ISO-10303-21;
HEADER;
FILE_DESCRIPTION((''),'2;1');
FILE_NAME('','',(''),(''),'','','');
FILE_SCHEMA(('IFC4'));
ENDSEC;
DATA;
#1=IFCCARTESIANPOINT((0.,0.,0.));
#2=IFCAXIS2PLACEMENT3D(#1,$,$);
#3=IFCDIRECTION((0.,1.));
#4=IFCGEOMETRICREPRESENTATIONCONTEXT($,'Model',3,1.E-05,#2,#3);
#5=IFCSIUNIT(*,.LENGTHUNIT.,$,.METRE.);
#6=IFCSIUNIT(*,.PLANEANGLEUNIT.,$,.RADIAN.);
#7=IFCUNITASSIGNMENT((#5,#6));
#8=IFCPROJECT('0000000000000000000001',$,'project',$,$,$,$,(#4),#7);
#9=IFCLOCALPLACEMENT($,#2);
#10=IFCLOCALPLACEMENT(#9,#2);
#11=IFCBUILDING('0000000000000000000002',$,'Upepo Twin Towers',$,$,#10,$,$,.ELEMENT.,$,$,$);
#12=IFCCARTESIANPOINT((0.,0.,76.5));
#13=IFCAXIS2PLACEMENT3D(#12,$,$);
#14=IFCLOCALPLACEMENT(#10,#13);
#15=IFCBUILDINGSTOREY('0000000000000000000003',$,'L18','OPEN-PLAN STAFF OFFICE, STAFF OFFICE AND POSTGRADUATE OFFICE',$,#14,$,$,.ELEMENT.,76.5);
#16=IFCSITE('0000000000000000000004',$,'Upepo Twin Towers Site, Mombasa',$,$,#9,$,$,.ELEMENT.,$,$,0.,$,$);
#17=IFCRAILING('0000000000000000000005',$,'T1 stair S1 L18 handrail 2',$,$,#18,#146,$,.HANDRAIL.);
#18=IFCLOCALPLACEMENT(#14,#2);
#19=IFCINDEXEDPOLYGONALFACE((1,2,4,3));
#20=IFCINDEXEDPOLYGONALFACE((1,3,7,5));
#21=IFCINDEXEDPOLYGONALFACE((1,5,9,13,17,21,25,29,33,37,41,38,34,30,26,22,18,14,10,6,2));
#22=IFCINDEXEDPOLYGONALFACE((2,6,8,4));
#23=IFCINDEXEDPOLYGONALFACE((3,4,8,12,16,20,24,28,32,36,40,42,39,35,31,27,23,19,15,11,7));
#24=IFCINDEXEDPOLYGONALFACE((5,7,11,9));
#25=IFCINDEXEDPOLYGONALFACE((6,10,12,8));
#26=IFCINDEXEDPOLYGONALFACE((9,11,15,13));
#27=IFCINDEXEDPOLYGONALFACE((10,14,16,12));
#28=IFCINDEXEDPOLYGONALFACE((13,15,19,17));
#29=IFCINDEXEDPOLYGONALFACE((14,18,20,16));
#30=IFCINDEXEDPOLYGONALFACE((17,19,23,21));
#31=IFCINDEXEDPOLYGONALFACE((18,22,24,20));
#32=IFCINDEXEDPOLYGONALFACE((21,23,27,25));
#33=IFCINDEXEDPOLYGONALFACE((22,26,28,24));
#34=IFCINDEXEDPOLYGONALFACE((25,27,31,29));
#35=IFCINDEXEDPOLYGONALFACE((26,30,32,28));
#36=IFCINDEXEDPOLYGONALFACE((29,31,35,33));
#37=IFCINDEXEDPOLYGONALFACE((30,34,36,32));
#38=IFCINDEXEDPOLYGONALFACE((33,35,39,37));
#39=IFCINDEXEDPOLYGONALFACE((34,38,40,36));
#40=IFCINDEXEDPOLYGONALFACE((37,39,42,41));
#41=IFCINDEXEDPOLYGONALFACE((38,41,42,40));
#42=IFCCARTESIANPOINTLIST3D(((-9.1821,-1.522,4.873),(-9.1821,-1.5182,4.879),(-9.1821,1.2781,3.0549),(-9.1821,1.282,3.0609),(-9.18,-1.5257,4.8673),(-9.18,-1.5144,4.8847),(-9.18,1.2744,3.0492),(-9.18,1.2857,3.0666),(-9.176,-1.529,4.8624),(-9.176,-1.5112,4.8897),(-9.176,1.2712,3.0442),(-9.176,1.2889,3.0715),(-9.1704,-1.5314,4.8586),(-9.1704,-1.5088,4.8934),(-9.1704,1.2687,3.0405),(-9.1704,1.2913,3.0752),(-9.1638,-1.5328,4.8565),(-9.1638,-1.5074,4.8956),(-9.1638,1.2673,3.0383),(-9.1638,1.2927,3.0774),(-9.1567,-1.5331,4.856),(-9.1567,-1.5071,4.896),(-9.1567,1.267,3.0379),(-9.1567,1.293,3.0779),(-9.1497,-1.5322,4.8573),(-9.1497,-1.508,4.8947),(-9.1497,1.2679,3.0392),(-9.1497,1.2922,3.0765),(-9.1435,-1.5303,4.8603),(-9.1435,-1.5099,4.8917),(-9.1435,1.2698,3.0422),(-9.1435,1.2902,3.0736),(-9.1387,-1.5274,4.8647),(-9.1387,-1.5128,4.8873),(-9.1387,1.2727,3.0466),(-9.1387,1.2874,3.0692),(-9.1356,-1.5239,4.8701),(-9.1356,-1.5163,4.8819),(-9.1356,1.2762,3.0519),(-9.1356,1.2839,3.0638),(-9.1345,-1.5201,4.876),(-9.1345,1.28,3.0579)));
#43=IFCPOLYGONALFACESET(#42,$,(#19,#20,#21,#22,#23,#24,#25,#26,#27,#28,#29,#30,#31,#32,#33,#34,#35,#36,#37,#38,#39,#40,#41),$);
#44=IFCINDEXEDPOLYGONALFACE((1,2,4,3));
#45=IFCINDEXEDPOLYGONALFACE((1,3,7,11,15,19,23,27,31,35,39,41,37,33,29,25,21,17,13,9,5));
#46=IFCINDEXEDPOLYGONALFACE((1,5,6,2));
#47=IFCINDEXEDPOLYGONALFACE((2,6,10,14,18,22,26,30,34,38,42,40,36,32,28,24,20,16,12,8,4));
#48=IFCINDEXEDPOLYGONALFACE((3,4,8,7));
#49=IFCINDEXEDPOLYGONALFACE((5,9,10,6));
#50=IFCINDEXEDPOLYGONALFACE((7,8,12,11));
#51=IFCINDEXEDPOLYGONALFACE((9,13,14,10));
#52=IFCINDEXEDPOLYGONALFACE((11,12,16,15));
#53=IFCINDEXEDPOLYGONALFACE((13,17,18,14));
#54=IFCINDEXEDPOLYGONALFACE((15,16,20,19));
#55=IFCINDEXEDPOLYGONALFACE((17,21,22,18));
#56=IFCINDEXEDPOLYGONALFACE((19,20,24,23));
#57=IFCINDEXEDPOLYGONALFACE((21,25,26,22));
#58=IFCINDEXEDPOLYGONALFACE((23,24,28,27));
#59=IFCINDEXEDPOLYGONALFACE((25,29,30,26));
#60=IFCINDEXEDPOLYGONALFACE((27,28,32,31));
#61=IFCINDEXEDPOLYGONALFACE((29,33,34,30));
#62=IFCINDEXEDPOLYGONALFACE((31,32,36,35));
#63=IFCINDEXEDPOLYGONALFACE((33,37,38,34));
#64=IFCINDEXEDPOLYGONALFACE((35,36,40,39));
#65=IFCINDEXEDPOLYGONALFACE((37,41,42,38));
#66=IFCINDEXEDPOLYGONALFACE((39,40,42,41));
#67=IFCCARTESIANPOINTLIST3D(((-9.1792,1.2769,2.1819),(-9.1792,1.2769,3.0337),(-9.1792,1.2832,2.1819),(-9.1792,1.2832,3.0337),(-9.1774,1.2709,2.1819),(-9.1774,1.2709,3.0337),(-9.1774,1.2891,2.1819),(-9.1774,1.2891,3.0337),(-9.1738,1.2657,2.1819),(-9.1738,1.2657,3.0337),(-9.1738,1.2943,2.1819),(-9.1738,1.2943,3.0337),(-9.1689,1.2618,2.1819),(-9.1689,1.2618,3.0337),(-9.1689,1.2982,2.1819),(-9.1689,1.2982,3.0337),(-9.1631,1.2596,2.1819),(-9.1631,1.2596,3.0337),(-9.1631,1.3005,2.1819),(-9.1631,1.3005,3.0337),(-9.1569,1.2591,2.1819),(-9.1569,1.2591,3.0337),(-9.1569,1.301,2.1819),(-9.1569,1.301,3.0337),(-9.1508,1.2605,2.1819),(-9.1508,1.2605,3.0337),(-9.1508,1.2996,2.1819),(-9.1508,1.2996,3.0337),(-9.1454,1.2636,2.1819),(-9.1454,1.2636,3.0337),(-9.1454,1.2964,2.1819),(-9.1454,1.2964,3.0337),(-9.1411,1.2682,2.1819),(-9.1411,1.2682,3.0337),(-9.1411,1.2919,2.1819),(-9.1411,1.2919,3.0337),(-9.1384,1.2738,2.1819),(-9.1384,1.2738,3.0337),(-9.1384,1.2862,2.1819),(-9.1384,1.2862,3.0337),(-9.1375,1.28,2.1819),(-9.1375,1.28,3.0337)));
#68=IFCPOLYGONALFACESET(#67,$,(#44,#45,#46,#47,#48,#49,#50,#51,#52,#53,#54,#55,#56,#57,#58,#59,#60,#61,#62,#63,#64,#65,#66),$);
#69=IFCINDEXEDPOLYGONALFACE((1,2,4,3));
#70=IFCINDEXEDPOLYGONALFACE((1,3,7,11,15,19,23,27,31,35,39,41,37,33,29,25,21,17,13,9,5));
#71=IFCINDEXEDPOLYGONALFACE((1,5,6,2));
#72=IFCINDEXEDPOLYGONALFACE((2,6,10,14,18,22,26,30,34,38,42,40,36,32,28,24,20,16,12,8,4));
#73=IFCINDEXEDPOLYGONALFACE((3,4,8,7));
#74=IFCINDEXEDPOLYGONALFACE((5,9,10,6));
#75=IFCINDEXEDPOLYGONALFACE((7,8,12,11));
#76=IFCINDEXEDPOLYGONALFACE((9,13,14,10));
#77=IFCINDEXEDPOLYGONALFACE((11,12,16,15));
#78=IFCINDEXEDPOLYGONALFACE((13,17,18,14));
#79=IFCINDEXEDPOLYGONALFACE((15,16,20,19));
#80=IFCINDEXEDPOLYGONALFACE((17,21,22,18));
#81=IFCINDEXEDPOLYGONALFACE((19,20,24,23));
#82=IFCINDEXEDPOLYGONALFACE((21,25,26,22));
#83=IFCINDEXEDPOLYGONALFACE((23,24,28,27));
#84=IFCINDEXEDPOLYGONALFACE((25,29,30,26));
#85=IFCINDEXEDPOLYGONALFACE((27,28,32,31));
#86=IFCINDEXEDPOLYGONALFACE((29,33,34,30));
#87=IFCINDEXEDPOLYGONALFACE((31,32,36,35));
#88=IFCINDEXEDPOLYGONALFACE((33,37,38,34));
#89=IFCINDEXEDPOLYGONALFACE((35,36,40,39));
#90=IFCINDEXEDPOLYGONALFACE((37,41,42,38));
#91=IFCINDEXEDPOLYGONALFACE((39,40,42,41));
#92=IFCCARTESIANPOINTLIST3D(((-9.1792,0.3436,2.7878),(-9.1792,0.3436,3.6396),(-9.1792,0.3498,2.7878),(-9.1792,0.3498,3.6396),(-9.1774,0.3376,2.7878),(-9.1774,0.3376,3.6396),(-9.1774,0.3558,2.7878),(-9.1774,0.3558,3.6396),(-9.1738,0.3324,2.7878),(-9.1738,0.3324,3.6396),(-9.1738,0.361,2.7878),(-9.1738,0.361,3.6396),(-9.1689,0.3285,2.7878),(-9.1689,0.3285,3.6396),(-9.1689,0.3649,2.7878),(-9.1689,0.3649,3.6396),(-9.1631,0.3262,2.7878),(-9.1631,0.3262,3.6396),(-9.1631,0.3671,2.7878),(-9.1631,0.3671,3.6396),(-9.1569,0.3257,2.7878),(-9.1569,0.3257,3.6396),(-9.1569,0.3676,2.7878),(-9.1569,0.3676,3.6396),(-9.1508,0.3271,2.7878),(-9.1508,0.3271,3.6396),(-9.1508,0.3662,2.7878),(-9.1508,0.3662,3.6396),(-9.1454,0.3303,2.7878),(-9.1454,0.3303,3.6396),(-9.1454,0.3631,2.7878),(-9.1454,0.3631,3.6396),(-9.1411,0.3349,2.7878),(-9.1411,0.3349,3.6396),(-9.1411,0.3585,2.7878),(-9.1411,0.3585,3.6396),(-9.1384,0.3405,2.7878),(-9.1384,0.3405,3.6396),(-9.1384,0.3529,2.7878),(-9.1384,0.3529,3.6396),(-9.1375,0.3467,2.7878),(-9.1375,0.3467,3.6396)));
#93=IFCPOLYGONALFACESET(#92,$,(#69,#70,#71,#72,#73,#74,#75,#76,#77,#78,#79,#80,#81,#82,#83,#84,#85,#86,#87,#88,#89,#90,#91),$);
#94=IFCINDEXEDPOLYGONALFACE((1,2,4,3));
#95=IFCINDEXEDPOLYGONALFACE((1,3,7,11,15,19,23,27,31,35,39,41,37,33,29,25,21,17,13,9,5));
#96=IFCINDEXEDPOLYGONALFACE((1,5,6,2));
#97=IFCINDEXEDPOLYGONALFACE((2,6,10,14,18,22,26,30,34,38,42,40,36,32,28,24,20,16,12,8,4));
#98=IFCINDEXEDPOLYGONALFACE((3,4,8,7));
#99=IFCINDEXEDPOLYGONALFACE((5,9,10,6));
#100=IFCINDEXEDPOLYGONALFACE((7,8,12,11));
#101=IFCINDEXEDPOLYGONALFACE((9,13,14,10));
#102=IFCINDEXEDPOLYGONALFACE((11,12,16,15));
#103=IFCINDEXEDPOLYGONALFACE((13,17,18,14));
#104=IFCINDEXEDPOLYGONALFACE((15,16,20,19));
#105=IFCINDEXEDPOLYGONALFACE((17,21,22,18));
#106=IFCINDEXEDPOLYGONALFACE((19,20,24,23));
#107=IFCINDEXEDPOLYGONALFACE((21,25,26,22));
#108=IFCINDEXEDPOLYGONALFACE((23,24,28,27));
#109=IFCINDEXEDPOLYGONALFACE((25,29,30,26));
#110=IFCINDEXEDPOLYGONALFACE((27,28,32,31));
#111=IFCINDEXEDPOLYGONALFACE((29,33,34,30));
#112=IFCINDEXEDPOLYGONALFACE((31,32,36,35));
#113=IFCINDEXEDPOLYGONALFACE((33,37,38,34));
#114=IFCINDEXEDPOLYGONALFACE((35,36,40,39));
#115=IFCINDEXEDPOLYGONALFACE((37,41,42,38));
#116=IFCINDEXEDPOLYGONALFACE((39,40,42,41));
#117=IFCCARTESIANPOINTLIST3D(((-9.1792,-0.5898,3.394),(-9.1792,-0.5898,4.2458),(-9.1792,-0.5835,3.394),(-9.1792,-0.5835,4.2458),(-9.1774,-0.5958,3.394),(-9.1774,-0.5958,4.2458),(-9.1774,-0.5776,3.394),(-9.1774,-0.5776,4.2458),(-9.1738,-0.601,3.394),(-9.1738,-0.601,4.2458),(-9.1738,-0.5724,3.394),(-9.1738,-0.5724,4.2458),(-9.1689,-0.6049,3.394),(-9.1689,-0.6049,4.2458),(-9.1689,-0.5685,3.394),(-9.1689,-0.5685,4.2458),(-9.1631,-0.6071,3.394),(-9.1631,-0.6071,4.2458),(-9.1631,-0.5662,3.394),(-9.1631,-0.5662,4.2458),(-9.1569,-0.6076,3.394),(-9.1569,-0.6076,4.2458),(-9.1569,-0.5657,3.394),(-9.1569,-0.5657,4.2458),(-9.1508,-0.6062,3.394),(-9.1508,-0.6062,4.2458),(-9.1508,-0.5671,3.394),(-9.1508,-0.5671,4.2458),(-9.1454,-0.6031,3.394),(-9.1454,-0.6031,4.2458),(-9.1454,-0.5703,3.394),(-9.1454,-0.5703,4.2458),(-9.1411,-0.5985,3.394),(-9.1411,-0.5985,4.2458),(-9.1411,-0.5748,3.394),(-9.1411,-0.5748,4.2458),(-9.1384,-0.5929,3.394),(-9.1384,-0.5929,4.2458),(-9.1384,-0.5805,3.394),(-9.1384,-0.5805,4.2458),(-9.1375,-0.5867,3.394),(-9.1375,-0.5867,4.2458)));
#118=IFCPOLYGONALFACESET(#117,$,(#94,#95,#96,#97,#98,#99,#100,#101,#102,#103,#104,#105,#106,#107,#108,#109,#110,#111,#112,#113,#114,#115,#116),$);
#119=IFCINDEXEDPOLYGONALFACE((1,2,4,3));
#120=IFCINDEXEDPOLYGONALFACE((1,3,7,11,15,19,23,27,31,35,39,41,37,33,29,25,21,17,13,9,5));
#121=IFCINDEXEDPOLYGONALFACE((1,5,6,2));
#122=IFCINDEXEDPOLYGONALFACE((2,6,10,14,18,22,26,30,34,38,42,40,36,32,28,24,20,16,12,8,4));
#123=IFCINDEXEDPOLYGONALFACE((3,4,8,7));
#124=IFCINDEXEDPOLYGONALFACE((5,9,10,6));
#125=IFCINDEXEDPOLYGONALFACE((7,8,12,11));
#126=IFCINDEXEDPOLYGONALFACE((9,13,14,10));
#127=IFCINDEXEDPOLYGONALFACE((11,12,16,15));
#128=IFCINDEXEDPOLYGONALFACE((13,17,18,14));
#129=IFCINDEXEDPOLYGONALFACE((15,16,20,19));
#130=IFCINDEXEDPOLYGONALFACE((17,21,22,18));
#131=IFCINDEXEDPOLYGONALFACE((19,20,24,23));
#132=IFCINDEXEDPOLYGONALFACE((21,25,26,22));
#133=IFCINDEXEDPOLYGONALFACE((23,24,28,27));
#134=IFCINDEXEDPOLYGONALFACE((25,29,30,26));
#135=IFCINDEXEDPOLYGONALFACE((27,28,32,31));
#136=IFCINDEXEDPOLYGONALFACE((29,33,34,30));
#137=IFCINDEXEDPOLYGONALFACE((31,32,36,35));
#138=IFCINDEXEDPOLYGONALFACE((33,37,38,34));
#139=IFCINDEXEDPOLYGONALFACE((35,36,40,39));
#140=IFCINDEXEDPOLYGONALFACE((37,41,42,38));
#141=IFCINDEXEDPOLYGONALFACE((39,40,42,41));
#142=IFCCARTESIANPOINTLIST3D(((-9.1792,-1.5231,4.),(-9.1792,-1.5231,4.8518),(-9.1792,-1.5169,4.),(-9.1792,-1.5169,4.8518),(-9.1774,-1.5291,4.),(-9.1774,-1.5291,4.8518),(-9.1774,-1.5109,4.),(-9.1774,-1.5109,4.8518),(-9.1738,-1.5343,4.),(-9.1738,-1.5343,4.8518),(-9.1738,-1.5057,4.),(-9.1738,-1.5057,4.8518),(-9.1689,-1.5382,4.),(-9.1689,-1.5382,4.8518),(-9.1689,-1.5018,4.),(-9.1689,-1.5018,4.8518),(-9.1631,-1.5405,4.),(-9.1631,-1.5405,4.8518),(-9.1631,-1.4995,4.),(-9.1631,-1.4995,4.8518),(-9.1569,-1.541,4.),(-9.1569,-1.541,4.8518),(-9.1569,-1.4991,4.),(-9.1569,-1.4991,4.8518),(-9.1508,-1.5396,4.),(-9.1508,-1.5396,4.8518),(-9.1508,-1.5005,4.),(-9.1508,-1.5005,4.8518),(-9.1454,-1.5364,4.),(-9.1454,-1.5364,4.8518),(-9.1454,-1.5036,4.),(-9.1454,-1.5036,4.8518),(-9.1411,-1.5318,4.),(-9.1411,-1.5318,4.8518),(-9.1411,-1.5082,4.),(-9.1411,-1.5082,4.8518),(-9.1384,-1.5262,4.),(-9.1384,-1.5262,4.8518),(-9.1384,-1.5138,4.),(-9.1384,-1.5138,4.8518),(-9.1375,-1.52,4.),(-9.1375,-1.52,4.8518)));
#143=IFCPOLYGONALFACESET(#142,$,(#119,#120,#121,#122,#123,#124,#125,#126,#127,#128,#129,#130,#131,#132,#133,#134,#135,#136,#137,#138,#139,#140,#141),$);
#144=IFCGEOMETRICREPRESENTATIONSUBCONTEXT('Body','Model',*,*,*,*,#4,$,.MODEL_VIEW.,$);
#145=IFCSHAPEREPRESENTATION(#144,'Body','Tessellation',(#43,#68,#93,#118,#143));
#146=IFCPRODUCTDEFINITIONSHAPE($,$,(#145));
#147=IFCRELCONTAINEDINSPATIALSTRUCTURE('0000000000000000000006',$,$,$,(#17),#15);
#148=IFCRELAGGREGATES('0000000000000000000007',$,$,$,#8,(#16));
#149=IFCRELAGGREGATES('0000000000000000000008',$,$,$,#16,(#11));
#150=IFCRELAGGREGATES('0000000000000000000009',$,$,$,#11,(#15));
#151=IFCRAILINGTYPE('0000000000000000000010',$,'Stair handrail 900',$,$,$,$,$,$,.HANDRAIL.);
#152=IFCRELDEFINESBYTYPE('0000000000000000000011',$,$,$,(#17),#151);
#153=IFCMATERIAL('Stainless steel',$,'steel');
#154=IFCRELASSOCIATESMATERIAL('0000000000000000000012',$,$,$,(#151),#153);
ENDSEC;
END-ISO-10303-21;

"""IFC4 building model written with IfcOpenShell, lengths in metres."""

from ifc_helpers import new_model, si_unit, direction, frame, origin, origin_2d, place, context, subcontext, project, spatial, circle, extrude, material, type_object, element, save


model = new_model("IFC4")

# Units and contexts
model_context = context("Model", 3, precision=1e-05, world=origin(), true_north=direction((0.0, 1.0)))
body_context = subcontext(model_context, "Body", "Model", "MODEL_VIEW")
ifc_project = project(units=[si_unit("LENGTHUNIT", "METRE"), si_unit("PLANEANGLEUNIT", "RADIAN")], contexts=[model_context])

# Site, building, storey
site_placement = place(None, origin())
site = spatial("IfcSite", under=ifc_project, at=site_placement, Name="Upepo Twin Towers Site, Mombasa", CompositionType="ELEMENT", RefElevation=0.0)
building_placement = place(site_placement, origin())
building = spatial("IfcBuilding", under=site, at=building_placement, Name="Upepo Twin Towers", CompositionType="ELEMENT")
storey_placement = place(building_placement, frame((0.0, 0.0, 76.5)))
storey = spatial("IfcBuildingStorey", under=building, at=storey_placement, Name="L18", Description="OPEN-PLAN STAFF OFFICE, STAFF OFFICE AND POSTGRADUATE OFFICE", CompositionType="ELEMENT", Elevation=76.5)

# Railing
ifc_material_1 = material(Name="Stainless steel", Category="steel")
railing_type = type_object("IfcRailingType", Name="Stair handrail 900", PredefinedType="HANDRAIL", material=ifc_material_1)
railing_placement = place(storey_placement, frame((-9.1584, 1.28, 2.1819)))
element("IfcRailing", 1, at=railing_placement, inside=storey, type_object=railing_type, Name="T1 stair S1 L18 handrail 2", PredefinedType="HANDRAIL", context=body_context, shape_type="SweptSolid", body=[
    extrude(circle(Radius=0.0239, at=origin_2d()), frame((0.0, 0.0, 0.876), z_axis=(0.0, -0.838706, 0.544585), x_axis=(1.0, 0.0, 0.0)), (0.0, 0.0, 1.0), 3.3386),
    extrude(circle(Radius=0.021, at=origin_2d()), origin(), (0.0, 0.0, 1.0), 0.8518),
    extrude(circle(Radius=0.021, at=origin_2d()), frame((0.0, -0.9333, 0.606)), (0.0, 0.0, 1.0), 0.8518),
    extrude(circle(Radius=0.021, at=origin_2d()), frame((0.0, -1.8667, 1.2122)), (0.0, 0.0, 1.0), 0.8518),
    extrude(circle(Radius=0.021, at=origin_2d()), frame((0.0, -2.8, 1.8181)), (0.0, 0.0, 1.0), 0.8518),
])

save(model, "model.ifc")
